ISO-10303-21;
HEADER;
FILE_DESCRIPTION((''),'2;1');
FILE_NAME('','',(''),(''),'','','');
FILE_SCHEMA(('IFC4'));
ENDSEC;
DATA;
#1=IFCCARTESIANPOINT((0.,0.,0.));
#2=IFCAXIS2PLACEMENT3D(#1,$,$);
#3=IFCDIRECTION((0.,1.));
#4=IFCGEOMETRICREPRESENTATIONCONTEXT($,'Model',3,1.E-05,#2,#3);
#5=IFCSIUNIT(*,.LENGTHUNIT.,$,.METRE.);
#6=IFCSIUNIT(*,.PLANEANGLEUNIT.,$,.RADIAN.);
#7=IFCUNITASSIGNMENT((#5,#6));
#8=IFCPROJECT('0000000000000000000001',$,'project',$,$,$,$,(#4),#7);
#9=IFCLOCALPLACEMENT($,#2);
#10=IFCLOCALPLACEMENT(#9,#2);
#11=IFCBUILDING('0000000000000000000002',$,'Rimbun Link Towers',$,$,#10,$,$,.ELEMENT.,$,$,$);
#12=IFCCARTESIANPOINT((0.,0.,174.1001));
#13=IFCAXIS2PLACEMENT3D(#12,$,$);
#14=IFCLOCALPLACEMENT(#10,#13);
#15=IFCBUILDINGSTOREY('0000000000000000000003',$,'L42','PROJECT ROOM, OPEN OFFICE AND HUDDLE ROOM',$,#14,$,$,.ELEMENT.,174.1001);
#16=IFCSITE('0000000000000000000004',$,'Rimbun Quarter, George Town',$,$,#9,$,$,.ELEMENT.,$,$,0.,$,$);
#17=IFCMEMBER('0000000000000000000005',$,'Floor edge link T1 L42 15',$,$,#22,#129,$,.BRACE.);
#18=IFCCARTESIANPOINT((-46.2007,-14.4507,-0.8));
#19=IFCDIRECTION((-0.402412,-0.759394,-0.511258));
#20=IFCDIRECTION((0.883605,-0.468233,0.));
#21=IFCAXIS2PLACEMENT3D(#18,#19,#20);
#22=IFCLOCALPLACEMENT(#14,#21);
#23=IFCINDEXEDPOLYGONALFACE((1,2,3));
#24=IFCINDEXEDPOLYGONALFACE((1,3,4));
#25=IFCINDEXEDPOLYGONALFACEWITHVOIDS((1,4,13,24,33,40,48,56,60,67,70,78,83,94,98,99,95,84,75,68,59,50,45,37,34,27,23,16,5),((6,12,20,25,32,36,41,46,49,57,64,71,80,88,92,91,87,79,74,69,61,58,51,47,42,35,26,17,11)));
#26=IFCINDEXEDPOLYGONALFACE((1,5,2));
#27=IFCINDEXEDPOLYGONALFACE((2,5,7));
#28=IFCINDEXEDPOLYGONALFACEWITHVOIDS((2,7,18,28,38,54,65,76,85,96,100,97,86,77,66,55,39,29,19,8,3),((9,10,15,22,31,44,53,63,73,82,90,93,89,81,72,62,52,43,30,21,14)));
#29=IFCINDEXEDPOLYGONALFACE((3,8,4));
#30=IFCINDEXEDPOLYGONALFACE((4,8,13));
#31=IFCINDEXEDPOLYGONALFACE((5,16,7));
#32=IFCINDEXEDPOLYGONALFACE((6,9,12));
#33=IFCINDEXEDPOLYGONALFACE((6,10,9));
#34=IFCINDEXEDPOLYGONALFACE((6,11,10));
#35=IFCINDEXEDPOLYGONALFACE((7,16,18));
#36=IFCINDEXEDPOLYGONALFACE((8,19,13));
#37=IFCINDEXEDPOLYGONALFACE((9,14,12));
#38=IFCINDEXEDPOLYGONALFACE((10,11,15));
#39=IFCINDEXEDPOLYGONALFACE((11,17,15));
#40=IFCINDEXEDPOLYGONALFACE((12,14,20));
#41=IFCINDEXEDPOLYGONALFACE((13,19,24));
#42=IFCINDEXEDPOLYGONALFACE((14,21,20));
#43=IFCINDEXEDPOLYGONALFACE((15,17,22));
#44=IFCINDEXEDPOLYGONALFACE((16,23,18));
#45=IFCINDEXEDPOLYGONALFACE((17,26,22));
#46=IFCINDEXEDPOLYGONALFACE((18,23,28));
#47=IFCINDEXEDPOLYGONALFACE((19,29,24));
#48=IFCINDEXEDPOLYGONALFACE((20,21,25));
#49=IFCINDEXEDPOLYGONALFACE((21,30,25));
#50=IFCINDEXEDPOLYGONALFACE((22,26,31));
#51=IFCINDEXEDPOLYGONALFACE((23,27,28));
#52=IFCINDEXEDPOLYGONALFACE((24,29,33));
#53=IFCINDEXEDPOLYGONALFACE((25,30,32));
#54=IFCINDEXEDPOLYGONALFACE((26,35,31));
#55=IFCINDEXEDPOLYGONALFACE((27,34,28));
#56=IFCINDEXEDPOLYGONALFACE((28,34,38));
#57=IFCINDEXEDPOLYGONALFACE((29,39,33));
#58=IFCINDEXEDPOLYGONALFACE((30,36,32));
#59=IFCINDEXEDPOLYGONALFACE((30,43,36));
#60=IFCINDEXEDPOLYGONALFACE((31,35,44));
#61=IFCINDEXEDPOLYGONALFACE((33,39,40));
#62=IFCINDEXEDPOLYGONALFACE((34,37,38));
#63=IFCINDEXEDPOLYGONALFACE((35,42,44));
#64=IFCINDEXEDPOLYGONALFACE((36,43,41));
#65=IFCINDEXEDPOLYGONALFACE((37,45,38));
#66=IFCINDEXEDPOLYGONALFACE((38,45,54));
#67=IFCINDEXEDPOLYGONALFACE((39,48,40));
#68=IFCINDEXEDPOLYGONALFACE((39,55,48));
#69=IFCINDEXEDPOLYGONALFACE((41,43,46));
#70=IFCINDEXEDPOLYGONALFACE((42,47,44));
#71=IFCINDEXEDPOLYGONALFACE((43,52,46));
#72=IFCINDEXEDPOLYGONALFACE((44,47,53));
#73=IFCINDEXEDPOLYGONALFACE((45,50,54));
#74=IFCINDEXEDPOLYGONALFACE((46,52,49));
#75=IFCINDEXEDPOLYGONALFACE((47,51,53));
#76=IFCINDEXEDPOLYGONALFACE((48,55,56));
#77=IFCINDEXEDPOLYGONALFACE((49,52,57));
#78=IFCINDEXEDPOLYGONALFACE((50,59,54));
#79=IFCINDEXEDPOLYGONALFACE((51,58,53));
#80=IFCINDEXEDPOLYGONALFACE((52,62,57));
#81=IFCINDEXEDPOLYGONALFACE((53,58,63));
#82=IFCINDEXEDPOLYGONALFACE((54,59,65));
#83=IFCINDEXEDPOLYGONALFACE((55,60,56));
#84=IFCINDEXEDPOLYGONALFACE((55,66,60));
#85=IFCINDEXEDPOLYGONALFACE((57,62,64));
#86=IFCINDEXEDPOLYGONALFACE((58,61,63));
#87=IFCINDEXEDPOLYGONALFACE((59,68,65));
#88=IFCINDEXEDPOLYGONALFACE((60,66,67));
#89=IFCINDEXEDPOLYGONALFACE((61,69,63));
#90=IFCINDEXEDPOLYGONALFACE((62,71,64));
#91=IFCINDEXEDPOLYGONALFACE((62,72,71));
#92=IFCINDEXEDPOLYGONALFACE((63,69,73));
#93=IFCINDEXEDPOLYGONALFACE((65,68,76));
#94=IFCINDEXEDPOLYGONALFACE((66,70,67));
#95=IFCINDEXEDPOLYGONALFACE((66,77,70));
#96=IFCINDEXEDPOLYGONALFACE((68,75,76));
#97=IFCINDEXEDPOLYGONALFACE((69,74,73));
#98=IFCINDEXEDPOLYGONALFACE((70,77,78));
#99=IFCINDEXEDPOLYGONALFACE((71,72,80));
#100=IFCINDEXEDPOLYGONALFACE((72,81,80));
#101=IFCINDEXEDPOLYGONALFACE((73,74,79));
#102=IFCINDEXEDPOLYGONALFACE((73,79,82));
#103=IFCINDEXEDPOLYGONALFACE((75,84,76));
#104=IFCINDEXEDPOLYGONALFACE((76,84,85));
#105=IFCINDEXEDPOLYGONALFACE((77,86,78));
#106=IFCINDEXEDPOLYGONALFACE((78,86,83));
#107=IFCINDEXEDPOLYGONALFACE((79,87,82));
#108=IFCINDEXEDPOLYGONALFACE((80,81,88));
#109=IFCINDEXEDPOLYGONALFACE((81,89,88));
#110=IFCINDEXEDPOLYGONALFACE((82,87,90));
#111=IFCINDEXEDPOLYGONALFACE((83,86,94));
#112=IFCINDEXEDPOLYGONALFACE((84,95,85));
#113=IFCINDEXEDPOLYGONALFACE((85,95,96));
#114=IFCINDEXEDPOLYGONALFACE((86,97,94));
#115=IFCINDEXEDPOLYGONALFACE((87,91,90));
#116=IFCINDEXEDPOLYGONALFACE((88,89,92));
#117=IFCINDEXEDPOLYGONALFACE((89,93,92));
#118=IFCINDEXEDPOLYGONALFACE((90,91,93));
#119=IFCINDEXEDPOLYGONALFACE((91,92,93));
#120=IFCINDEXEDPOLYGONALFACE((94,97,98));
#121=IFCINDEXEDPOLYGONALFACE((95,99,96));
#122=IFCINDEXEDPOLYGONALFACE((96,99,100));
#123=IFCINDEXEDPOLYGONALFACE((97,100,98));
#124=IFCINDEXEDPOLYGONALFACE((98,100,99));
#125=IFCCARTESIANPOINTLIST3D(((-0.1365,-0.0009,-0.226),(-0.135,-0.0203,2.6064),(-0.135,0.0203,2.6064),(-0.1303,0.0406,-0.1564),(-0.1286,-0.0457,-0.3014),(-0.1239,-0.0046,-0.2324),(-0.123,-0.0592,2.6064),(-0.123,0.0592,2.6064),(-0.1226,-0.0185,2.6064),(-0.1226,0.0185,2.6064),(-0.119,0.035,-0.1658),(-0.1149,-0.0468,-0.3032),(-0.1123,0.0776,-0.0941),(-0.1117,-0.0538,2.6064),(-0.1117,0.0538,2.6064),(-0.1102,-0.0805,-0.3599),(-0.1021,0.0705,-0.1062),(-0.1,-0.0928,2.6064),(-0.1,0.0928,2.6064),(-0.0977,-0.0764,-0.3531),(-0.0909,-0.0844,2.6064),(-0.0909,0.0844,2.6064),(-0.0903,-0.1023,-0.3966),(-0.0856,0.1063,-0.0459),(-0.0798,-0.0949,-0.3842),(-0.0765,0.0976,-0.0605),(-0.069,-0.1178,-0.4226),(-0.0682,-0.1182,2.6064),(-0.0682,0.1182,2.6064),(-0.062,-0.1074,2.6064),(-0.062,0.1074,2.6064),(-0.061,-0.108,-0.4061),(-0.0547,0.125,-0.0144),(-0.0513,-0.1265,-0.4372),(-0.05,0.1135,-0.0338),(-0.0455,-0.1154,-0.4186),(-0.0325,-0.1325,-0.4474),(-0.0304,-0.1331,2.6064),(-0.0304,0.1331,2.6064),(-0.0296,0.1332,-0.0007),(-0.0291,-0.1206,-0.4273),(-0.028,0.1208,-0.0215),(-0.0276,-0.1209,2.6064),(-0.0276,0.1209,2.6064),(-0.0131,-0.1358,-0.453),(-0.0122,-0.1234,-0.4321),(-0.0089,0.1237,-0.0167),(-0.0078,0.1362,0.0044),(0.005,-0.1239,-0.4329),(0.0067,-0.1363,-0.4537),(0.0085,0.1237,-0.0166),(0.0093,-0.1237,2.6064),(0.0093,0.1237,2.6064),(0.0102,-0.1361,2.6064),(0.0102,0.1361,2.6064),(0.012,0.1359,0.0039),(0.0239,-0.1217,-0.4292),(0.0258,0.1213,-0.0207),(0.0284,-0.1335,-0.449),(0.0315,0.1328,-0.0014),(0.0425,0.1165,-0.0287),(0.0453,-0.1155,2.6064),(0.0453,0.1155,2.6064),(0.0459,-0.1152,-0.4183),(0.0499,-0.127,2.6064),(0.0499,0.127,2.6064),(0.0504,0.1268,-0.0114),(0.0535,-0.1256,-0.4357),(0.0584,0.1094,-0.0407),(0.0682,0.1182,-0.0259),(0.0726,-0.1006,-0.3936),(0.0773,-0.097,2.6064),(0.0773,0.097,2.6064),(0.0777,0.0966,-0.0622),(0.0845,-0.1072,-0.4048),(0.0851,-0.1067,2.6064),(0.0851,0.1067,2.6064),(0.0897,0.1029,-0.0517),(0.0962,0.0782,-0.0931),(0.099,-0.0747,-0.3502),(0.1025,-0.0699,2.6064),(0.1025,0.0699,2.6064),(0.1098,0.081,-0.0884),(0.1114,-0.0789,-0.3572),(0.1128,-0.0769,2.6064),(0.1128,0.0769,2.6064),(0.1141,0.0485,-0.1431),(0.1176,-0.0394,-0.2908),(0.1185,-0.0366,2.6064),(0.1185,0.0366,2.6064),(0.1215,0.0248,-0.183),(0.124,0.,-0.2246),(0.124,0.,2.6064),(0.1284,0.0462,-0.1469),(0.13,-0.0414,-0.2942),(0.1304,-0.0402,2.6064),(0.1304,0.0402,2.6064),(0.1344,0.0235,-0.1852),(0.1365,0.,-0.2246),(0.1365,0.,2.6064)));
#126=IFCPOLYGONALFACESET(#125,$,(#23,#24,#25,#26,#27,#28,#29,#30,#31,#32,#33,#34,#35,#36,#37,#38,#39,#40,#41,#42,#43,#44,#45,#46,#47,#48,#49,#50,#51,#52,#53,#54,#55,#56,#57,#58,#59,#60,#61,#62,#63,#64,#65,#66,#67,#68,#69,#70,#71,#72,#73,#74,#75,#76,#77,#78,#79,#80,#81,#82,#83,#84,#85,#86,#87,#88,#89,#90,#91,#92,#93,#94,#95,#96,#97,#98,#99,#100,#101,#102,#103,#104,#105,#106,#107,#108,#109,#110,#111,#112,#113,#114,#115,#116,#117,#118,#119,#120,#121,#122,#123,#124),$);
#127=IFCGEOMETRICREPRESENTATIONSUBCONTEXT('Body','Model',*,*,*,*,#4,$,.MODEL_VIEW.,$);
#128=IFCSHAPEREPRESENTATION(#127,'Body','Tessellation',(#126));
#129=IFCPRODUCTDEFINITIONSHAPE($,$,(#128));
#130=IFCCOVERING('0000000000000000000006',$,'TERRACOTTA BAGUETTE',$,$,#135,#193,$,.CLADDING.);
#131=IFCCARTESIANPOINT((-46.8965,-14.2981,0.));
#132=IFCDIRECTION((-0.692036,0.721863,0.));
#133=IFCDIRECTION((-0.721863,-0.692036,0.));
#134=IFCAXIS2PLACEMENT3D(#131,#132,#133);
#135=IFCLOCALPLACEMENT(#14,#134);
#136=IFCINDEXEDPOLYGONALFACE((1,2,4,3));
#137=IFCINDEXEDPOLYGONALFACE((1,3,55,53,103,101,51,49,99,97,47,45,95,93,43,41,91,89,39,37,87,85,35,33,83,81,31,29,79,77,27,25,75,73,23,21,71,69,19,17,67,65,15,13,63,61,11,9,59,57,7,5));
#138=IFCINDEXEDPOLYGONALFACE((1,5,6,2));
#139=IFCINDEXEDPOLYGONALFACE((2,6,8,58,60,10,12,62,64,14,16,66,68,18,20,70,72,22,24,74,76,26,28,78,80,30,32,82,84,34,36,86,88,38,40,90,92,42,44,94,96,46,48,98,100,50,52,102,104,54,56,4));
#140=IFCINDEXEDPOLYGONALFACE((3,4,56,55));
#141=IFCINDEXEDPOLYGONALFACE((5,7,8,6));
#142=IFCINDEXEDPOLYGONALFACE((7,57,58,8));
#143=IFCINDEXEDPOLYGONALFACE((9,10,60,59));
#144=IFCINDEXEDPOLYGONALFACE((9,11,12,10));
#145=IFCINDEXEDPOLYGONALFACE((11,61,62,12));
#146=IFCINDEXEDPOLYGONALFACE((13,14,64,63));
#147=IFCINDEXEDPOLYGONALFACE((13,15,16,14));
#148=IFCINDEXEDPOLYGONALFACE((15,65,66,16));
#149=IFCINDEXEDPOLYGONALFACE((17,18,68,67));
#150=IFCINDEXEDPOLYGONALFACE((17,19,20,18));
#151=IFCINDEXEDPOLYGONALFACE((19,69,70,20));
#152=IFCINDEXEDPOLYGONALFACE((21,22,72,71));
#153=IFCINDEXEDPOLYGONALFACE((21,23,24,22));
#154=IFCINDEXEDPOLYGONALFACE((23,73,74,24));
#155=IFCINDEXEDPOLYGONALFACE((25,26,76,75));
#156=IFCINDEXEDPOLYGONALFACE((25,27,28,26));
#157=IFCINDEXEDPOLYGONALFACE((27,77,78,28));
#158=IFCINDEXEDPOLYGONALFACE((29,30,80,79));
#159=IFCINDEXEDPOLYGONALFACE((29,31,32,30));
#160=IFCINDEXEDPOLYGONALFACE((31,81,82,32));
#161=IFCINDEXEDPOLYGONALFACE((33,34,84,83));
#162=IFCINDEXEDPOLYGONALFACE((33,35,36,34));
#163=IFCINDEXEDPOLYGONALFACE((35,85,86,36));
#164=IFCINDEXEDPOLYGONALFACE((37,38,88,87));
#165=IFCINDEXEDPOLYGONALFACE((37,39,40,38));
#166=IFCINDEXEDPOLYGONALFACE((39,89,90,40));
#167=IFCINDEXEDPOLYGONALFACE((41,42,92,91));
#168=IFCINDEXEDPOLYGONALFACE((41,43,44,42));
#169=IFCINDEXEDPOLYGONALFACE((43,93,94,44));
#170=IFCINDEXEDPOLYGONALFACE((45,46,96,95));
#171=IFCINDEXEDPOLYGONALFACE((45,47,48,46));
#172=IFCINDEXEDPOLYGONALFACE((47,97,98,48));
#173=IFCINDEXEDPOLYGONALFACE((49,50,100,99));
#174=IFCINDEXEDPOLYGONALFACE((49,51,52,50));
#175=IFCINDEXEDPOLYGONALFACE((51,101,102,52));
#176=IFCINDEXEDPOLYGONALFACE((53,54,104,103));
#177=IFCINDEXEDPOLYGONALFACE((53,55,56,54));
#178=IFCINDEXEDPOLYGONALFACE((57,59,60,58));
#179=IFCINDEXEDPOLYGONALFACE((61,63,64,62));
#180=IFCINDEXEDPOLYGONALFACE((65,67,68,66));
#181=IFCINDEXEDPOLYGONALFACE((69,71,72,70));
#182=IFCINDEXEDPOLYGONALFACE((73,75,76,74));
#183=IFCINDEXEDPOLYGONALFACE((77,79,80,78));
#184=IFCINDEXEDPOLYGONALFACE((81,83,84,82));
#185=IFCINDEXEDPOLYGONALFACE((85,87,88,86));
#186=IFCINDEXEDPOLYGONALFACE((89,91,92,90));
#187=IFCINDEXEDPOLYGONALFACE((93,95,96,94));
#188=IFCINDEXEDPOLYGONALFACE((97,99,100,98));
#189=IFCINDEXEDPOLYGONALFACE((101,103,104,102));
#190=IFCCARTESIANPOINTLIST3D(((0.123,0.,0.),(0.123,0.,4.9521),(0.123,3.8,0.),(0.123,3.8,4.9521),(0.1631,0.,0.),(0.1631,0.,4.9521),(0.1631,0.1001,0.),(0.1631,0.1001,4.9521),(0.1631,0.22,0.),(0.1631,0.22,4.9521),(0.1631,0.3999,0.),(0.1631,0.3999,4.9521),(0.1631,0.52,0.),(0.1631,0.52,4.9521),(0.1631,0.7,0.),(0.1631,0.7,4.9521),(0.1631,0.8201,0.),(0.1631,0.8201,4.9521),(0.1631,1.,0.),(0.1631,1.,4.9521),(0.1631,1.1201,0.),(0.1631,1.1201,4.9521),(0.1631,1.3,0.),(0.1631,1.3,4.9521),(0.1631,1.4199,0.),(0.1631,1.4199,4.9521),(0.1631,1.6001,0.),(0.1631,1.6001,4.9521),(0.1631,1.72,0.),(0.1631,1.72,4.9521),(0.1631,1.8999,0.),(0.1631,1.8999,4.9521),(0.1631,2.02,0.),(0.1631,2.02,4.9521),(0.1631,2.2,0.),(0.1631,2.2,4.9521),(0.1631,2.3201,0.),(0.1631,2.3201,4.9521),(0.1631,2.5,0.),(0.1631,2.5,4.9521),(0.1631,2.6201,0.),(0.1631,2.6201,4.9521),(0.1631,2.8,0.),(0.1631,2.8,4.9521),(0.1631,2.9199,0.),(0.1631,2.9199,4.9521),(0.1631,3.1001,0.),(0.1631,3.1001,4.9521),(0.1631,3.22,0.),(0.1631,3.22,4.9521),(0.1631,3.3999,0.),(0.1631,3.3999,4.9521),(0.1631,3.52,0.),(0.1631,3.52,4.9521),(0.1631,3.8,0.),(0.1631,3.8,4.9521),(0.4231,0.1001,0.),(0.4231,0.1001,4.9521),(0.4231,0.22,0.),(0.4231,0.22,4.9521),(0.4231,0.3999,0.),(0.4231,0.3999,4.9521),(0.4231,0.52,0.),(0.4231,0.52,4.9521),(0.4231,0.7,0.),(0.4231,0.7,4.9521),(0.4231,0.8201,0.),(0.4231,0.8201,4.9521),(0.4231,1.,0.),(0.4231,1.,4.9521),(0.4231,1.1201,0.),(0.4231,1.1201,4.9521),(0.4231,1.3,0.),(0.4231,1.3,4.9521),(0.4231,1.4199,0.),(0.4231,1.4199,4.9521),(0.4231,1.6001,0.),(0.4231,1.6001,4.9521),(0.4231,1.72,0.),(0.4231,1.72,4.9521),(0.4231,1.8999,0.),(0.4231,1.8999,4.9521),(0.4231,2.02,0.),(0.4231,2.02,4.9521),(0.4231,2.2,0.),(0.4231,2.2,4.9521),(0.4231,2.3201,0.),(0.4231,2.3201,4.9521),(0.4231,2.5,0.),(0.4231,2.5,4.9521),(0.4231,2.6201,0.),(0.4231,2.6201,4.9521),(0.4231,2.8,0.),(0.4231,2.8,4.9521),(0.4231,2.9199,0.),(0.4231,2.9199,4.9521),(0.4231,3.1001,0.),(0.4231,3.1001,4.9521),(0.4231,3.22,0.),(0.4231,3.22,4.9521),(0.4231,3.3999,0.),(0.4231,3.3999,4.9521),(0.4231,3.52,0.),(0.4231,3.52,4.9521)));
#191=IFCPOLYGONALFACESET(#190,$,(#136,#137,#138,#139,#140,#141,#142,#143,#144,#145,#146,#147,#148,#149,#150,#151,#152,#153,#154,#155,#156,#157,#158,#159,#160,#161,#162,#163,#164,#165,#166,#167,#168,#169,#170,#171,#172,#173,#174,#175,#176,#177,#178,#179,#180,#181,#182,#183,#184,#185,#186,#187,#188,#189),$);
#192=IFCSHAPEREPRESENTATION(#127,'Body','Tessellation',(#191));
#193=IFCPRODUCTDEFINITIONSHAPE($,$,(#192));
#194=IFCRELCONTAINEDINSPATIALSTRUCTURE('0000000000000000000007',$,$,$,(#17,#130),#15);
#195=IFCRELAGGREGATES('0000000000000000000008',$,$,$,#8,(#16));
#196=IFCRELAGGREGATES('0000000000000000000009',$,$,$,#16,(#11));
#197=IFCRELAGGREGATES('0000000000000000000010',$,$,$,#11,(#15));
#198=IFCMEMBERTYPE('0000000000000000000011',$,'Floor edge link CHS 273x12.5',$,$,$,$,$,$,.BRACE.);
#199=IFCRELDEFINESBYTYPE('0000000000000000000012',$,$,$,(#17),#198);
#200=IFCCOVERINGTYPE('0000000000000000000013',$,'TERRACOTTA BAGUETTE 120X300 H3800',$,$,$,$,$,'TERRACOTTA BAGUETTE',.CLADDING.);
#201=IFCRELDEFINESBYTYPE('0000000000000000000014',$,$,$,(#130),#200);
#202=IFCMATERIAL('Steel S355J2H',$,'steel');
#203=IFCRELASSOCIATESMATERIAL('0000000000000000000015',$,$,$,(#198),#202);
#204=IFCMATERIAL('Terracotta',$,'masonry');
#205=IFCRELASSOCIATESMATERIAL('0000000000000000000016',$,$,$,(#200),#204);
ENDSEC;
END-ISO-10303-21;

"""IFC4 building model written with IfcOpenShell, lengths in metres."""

from ifc_helpers import new_model, si_unit, direction, frame, origin, origin_2d, place, context, subcontext, project, spatial, polyline, hollow_circle, outline, extrude, clip, halfspace, material, material_profile, profile_set, type_object, element, save


model = new_model("IFC4")

# Units and contexts
model_context = context("Model", 3, precision=1e-05, world=origin(), true_north=direction((0.0, 1.0)))
body_context = subcontext(model_context, "Body", "Model", "MODEL_VIEW")
ifc_project = project(units=[si_unit("LENGTHUNIT", "METRE"), si_unit("PLANEANGLEUNIT", "RADIAN")], contexts=[model_context])

# Site, building, storey
site_placement = place(None, origin())
site = spatial("IfcSite", under=ifc_project, at=site_placement, Name="Rimbun Quarter, George Town", CompositionType="ELEMENT", RefElevation=0.0)
building_placement = place(site_placement, origin())
building = spatial("IfcBuilding", under=site, at=building_placement, Name="Rimbun Link Towers", CompositionType="ELEMENT")
storey_placement = place(building_placement, frame((0.0, 0.0, 174.1001)))
storey = spatial("IfcBuildingStorey", under=building, at=storey_placement, Name="L42", Description="PROJECT ROOM, OPEN OFFICE AND HUDDLE ROOM", CompositionType="ELEMENT", Elevation=174.1001)

# Member
ifc_material_1 = material(Name="Steel S355J2H", Category="steel")
ifc_material_profile_1 = material_profile(ifc_material_1, hollow_circle(Radius=0.1365, WallThickness=0.0125, at=origin_2d()), Name="CHS 273x12.5")
ifc_profile_set_1 = profile_set([ifc_material_profile_1], Name="Steel S355J2H")
member_type_1 = type_object("IfcMemberType", Name="Floor edge link CHS 273x12.5", PredefinedType="BRACE", material=ifc_profile_set_1)
member_1_placement = place(storey_placement, frame((-46.2007, -14.4507, -0.8), z_axis=(-0.402412, -0.759394, -0.511258), x_axis=(0.883605, -0.468233, 0.0)))
element("IfcMember", 1, at=member_1_placement, inside=storey, type_object=member_type_1, Name="Floor edge link T1 L42 15", PredefinedType="BRACE", context=body_context, shape_type="Clipping", body=[
    clip(extrude(hollow_circle(Radius=0.1365, WallThickness=0.0125, at=origin_2d()), frame((0.0, 0.0, -0.4785)), (0.0, 0.0, 1.0), 3.085), halfspace(frame((0.0, 0.0, -0.2246), z_axis=(0.0, 0.859427, -0.511258)), False)),
])

# Covering
ifc_material_2 = material(Name="Terracotta", Category="masonry")
ifc_material_profile_2 = material_profile(ifc_material_2, outline(polyline([(0.123, 0.0), (0.1631, 0.0), (0.1631, 0.1001), (0.4231, 0.1001), (0.4231, 0.22), (0.1631, 0.22), (0.1631, 0.3999), (0.4231, 0.3999), (0.4231, 0.52), (0.1631, 0.52), (0.1631, 0.7), (0.4231, 0.7), (0.4231, 0.8201), (0.1631, 0.8201), (0.1631, 1.0), (0.4231, 1.0), (0.4231, 1.1201), (0.1631, 1.1201), (0.1631, 1.3), (0.4231, 1.3), (0.4231, 1.4199), (0.1631, 1.4199), (0.1631, 1.6001), (0.4231, 1.6001), (0.4231, 1.72), (0.1631, 1.72), (0.1631, 1.8999), (0.4231, 1.8999), (0.4231, 2.02), (0.1631, 2.02), (0.1631, 2.2), (0.4231, 2.2), (0.4231, 2.3201), (0.1631, 2.3201), (0.1631, 2.5), (0.4231, 2.5), (0.4231, 2.6201), (0.1631, 2.6201), (0.1631, 2.8), (0.4231, 2.8), (0.4231, 2.9199), (0.1631, 2.9199), (0.1631, 3.1001), (0.4231, 3.1001), (0.4231, 3.22), (0.1631, 3.22), (0.1631, 3.3999), (0.4231, 3.3999), (0.4231, 3.52), (0.1631, 3.52), (0.1631, 3.8), (0.123, 3.8), (0.123, 0.0)])), Name="BAGUETTE 120X300")
ifc_profile_set_2 = profile_set([ifc_material_profile_2], Name="Terracotta")
covering_type = type_object("IfcCoveringType", Name="TERRACOTTA BAGUETTE 120X300 H3800", ElementType="TERRACOTTA BAGUETTE", PredefinedType="CLADDING", material=ifc_profile_set_2)
covering_1_placement = place(storey_placement, frame((-46.8965, -14.2981, 0.0), z_axis=(-0.692036, 0.721863, 0.0), x_axis=(-0.721863, -0.692036, 0.0)))
element("IfcCovering", 2, at=covering_1_placement, inside=storey, type_object=covering_type, Name="TERRACOTTA BAGUETTE", PredefinedType="CLADDING", context=body_context, shape_type="SweptSolid", body=[
    extrude(outline(polyline([(0.123, 0.0), (0.1631, 0.0), (0.1631, 0.1001), (0.4231, 0.1001), (0.4231, 0.22), (0.1631, 0.22), (0.1631, 0.3999), (0.4231, 0.3999), (0.4231, 0.52), (0.1631, 0.52), (0.1631, 0.7), (0.4231, 0.7), (0.4231, 0.8201), (0.1631, 0.8201), (0.1631, 1.0), (0.4231, 1.0), (0.4231, 1.1201), (0.1631, 1.1201), (0.1631, 1.3), (0.4231, 1.3), (0.4231, 1.4199), (0.1631, 1.4199), (0.1631, 1.6001), (0.4231, 1.6001), (0.4231, 1.72), (0.1631, 1.72), (0.1631, 1.8999), (0.4231, 1.8999), (0.4231, 2.02), (0.1631, 2.02), (0.1631, 2.2), (0.4231, 2.2), (0.4231, 2.3201), (0.1631, 2.3201), (0.1631, 2.5), (0.4231, 2.5), (0.4231, 2.6201), (0.1631, 2.6201), (0.1631, 2.8), (0.4231, 2.8), (0.4231, 2.9199), (0.1631, 2.9199), (0.1631, 3.1001), (0.4231, 3.1001), (0.4231, 3.22), (0.1631, 3.22), (0.1631, 3.3999), (0.4231, 3.3999), (0.4231, 3.52), (0.1631, 3.52), (0.1631, 3.8), (0.123, 3.8), (0.123, 0.0)])), origin(), (0.0, 0.0, 1.0), 4.9521),
])

save(model, "model.ifc")
